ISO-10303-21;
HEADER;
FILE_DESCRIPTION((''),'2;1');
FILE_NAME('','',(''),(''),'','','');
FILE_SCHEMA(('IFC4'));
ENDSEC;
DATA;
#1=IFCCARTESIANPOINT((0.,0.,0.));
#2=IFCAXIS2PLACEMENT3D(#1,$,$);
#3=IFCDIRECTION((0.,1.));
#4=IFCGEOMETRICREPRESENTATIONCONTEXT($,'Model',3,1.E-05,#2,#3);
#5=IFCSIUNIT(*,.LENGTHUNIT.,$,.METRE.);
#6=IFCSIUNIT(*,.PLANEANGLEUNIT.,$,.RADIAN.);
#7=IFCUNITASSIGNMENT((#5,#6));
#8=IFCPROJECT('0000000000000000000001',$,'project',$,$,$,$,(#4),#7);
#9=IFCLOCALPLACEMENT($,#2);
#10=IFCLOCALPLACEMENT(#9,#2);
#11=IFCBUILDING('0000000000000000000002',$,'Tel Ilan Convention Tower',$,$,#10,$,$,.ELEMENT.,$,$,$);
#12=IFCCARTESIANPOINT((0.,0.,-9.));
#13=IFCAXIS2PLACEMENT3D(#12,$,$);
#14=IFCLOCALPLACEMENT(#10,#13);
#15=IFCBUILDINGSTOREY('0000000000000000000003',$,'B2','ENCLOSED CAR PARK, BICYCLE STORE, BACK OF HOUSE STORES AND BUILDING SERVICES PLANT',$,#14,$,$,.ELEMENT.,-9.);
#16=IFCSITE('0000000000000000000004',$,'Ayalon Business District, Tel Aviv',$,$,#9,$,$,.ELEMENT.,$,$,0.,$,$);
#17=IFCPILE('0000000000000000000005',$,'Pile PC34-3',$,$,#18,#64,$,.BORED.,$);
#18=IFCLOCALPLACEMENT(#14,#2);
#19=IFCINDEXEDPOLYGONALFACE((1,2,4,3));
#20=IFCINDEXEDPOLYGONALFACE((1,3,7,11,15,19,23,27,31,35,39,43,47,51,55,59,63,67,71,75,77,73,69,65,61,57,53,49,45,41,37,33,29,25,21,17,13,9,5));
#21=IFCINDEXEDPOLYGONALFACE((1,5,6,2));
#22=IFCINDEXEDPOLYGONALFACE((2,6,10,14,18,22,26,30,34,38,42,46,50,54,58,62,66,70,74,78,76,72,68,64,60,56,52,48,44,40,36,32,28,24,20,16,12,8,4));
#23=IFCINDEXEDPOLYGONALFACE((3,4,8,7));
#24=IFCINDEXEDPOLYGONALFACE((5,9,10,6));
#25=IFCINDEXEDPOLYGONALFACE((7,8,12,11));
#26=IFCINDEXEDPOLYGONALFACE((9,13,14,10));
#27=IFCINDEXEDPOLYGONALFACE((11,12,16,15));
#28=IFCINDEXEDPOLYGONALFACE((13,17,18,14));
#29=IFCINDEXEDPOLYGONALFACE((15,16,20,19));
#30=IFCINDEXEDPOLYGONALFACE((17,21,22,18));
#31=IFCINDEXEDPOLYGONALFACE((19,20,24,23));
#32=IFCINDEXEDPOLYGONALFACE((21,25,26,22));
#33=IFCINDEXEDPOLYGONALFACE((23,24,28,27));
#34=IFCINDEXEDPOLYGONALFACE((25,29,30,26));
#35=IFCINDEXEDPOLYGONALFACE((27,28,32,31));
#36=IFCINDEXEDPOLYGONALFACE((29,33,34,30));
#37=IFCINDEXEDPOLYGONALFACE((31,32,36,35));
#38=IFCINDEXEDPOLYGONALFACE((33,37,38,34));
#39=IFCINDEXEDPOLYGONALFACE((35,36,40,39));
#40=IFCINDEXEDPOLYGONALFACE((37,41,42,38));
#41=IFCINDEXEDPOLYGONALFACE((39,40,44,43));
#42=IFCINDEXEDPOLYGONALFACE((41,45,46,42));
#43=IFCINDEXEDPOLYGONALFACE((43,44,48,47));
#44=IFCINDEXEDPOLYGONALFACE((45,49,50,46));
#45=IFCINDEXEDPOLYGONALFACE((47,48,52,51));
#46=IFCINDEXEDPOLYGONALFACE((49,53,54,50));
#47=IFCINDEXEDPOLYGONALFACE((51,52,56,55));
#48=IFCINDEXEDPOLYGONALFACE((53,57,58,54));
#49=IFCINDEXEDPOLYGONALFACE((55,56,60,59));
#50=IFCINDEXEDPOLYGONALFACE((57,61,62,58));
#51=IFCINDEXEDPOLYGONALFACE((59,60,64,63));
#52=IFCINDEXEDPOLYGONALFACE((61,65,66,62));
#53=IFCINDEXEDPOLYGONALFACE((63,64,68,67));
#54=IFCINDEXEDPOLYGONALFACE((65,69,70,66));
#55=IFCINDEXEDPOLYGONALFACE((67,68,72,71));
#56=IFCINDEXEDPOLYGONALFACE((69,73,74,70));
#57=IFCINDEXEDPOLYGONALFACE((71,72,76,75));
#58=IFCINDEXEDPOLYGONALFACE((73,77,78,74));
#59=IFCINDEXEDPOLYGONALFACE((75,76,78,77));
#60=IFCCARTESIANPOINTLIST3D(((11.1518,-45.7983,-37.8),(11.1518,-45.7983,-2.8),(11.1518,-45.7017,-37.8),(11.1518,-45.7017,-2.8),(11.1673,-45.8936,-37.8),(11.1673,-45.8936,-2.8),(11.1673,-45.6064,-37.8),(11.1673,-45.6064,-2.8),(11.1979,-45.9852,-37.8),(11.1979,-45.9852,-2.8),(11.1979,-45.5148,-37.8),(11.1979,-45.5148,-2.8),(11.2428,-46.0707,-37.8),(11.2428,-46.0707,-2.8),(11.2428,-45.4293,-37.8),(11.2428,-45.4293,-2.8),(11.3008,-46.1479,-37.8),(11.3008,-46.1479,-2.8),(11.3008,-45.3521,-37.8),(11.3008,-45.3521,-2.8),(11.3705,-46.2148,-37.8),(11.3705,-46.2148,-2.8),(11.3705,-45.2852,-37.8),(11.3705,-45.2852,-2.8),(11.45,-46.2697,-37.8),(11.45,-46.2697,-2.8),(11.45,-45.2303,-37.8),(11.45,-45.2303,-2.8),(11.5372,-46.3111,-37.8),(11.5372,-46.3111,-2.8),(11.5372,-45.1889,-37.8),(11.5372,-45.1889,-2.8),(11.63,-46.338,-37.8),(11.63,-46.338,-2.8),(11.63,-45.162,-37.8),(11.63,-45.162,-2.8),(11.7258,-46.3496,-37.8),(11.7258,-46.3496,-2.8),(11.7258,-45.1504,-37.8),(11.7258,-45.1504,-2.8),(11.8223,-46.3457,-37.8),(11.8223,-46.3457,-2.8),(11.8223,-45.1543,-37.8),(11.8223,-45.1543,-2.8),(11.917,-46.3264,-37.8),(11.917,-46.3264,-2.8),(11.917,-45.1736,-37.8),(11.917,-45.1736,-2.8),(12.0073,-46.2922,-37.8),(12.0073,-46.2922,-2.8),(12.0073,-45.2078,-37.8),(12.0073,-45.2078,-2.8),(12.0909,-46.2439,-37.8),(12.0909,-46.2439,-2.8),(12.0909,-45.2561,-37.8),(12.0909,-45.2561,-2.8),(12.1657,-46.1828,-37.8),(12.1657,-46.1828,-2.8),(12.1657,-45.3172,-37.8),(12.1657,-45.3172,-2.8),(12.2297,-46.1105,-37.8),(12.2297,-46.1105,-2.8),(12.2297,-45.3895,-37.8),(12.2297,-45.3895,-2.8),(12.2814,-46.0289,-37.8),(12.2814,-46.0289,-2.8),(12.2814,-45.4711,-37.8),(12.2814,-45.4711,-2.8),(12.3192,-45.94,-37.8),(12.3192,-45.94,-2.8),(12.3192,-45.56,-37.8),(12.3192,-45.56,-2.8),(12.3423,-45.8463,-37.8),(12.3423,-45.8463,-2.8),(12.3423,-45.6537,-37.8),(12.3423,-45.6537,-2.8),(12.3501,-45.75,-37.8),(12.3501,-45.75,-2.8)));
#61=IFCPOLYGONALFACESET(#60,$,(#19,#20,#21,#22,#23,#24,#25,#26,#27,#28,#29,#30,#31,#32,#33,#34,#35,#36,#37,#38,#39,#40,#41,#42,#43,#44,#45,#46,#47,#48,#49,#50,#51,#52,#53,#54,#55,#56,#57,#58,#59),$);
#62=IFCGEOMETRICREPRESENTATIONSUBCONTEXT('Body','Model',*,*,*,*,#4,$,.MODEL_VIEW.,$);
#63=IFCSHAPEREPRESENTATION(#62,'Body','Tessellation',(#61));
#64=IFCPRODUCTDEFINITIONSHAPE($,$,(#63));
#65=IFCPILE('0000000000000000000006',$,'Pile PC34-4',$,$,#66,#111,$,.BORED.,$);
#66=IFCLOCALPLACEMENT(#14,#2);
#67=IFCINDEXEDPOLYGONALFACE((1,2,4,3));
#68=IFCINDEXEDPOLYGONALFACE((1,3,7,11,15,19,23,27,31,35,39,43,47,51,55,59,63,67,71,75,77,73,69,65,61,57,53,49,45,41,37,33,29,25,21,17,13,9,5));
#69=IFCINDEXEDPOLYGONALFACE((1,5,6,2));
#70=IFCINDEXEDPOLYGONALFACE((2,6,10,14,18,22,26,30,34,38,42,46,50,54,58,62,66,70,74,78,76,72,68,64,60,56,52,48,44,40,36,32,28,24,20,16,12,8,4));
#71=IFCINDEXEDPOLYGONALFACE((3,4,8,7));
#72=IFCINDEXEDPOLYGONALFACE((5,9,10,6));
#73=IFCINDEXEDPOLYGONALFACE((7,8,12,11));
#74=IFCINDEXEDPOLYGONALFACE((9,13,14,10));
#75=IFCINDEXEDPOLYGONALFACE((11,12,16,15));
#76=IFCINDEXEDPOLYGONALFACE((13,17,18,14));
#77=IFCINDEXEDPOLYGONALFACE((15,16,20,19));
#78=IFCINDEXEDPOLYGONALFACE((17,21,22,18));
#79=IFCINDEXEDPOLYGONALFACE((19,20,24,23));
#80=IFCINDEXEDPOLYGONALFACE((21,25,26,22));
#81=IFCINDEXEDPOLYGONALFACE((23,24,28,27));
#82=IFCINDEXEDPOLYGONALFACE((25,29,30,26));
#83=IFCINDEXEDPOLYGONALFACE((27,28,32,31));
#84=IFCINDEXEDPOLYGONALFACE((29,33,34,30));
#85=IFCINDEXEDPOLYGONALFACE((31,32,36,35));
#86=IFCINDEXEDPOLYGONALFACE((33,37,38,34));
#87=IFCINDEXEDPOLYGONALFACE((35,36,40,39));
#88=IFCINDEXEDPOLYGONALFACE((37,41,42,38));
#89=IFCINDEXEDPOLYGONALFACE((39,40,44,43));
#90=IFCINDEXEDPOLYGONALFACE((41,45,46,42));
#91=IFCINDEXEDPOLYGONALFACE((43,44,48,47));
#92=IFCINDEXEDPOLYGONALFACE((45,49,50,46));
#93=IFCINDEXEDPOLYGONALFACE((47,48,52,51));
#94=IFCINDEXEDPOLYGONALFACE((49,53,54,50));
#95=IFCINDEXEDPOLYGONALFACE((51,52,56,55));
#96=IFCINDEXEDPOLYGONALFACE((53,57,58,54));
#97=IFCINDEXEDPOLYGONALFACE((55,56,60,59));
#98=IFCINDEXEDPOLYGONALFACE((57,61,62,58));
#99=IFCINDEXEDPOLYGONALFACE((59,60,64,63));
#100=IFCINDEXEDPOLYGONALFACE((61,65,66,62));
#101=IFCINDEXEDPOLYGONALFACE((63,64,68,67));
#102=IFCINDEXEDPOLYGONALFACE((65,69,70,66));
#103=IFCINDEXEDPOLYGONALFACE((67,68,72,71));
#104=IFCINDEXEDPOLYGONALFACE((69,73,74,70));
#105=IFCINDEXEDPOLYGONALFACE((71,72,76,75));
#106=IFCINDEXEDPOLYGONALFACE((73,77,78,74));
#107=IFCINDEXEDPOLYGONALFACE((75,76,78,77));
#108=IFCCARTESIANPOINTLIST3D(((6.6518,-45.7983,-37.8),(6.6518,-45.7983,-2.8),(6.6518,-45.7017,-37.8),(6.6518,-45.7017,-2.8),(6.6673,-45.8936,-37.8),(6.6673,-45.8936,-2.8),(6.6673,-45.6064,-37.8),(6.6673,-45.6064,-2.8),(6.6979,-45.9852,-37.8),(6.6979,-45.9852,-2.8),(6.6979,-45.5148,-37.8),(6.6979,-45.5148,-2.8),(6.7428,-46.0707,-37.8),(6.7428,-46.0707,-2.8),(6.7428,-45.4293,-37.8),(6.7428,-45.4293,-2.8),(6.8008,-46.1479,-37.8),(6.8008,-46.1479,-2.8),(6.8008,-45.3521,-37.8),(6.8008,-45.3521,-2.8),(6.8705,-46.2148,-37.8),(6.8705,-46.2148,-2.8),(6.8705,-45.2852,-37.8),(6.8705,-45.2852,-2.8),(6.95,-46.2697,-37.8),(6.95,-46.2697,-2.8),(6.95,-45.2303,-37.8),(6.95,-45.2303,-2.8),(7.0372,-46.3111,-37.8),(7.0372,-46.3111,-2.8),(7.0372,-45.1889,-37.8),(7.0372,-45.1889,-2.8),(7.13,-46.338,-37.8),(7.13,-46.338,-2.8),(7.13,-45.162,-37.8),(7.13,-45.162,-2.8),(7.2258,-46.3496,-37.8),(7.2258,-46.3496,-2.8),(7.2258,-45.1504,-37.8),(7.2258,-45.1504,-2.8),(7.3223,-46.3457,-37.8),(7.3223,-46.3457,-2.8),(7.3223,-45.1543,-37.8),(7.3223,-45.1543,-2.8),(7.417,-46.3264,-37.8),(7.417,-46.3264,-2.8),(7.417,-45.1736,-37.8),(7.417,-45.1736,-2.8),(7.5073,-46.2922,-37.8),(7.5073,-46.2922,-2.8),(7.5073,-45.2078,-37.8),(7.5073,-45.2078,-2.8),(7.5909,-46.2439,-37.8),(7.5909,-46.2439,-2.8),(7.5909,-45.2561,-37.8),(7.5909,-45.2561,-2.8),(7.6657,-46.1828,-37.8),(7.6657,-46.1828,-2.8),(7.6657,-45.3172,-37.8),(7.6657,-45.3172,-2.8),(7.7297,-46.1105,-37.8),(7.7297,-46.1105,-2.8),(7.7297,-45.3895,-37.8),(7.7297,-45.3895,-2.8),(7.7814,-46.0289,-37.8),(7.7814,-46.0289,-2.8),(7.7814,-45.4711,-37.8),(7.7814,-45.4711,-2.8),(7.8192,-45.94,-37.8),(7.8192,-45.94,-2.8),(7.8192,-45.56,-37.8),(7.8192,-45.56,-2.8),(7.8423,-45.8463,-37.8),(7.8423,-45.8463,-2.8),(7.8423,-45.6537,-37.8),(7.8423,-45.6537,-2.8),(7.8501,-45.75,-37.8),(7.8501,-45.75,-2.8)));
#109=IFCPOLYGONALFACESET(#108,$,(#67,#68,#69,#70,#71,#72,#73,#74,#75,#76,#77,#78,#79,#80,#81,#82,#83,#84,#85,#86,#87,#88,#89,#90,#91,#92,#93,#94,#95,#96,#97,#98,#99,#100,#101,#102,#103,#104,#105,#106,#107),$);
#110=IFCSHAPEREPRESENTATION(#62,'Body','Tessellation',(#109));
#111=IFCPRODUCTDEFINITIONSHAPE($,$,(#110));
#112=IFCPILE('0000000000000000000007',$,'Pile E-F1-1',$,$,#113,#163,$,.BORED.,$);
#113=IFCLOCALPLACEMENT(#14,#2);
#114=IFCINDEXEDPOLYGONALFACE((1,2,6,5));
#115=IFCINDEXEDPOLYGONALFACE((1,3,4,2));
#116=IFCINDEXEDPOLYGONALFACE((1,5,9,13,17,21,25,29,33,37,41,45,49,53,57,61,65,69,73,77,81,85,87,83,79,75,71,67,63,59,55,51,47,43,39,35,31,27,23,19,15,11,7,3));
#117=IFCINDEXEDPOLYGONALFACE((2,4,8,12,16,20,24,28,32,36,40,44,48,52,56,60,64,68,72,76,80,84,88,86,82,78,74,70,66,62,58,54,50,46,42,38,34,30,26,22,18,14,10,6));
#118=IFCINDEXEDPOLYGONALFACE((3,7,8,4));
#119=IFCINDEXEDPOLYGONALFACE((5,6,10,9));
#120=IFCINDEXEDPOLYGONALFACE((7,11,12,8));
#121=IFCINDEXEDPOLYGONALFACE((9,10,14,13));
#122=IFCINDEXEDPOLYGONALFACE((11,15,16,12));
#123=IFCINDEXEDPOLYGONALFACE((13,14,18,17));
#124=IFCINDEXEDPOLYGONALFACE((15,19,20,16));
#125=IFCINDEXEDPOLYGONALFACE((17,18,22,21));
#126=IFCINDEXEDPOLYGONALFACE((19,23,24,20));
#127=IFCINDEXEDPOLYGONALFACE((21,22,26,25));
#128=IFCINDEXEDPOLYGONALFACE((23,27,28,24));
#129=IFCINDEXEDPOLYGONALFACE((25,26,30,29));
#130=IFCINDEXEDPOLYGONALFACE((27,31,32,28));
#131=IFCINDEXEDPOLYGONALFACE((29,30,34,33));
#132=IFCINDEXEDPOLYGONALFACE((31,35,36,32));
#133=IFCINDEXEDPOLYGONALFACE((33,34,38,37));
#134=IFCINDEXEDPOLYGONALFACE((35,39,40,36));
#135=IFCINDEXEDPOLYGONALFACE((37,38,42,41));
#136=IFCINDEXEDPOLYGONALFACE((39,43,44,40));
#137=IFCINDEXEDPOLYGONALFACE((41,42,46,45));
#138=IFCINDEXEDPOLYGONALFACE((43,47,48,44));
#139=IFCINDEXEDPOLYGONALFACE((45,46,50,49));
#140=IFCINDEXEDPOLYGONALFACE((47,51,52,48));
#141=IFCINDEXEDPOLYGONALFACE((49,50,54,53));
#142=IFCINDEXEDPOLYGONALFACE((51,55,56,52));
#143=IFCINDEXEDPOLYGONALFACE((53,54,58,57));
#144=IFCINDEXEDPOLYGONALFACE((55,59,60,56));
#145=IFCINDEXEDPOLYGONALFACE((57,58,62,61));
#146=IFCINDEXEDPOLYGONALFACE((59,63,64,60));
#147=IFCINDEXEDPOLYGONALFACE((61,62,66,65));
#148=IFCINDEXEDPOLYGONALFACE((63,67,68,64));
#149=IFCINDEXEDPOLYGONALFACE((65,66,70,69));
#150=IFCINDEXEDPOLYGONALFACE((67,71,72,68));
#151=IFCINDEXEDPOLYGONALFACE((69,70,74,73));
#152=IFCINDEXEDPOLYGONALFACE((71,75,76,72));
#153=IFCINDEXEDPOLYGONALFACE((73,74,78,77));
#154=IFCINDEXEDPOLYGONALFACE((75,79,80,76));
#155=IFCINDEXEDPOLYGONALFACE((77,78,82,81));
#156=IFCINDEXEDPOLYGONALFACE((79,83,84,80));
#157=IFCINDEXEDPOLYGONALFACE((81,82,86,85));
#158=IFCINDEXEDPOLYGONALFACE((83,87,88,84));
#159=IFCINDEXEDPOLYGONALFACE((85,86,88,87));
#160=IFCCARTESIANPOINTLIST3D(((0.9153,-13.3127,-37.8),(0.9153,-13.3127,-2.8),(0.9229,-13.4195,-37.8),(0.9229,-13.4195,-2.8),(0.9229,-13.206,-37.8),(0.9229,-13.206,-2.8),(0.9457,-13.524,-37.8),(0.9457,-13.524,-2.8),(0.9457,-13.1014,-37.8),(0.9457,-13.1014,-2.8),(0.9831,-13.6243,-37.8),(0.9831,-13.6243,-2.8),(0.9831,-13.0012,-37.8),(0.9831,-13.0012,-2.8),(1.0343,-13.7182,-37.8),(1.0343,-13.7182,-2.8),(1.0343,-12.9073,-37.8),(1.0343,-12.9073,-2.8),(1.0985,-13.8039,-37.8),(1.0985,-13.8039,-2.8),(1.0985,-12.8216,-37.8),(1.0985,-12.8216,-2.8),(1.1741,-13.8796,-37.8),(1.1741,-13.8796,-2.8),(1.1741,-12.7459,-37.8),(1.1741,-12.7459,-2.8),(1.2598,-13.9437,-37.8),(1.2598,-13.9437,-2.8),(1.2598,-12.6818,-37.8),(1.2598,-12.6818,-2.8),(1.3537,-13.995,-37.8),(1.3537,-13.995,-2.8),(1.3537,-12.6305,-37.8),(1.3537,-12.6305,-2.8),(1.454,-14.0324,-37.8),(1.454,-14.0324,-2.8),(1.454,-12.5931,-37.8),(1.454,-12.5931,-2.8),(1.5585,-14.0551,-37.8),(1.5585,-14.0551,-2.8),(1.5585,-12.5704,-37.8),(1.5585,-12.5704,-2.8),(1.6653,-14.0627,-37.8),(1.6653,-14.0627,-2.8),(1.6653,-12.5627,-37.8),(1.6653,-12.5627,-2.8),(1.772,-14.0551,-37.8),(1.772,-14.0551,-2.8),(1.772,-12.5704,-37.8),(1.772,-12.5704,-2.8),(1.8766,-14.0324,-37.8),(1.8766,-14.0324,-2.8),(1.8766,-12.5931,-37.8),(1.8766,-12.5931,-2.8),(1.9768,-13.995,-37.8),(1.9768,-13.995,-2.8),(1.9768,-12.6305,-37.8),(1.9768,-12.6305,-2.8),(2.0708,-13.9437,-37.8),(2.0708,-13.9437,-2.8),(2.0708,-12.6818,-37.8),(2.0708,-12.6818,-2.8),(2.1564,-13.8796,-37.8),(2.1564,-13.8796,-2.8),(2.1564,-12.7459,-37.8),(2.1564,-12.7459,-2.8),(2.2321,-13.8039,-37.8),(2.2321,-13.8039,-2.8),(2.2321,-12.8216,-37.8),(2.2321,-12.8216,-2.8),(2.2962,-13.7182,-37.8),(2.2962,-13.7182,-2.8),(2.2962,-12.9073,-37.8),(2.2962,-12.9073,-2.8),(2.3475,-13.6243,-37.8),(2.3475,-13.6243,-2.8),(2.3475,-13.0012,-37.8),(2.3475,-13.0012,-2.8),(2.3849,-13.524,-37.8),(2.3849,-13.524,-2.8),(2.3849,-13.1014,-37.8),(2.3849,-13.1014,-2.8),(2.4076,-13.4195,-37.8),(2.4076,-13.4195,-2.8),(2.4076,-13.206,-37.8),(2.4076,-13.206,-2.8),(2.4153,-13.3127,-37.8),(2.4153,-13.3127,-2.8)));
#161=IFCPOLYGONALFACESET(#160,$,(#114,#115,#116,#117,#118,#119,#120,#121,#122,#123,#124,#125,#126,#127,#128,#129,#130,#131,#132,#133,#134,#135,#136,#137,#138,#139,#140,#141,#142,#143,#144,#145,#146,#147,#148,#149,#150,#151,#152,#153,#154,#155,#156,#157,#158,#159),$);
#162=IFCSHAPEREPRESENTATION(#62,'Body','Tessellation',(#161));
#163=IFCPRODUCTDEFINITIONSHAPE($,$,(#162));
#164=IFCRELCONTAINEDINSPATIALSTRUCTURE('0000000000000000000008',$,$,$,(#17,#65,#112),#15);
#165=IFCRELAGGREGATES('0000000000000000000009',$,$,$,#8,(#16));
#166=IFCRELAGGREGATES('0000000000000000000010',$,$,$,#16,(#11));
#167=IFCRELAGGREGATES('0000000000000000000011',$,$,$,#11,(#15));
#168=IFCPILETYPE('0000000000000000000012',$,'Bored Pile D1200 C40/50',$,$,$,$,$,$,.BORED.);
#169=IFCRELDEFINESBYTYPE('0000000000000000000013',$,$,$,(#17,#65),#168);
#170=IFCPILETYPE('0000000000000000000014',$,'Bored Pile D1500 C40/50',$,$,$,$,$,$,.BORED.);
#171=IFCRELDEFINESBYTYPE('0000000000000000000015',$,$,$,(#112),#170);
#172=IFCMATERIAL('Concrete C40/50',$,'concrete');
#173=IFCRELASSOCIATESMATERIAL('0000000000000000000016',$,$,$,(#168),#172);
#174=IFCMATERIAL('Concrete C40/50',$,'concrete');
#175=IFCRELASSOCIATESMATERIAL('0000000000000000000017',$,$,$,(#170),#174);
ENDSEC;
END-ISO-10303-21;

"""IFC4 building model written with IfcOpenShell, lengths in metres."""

from ifc_helpers import new_model, si_unit, direction, frame, origin, origin_2d, place, context, subcontext, project, spatial, circle, extrude, material, material_profile, profile_set, type_object, element, save


model = new_model("IFC4")

# Units and contexts
model_context = context("Model", 3, precision=1e-05, world=origin(), true_north=direction((0.0, 1.0)))
body_context = subcontext(model_context, "Body", "Model", "MODEL_VIEW")
ifc_project = project(units=[si_unit("LENGTHUNIT", "METRE"), si_unit("PLANEANGLEUNIT", "RADIAN")], contexts=[model_context])

# Site, building, storey
site_placement = place(None, origin())
site = spatial("IfcSite", under=ifc_project, at=site_placement, Name="Ayalon Business District, Tel Aviv", CompositionType="ELEMENT", RefElevation=0.0)
building_placement = place(site_placement, origin())
building = spatial("IfcBuilding", under=site, at=building_placement, Name="Tel Ilan Convention Tower", CompositionType="ELEMENT")
storey_placement = place(building_placement, frame((0.0, 0.0, -9.0)))
storey = spatial("IfcBuildingStorey", under=building, at=storey_placement, Name="B2", Description="ENCLOSED CAR PARK, BICYCLE STORE, BACK OF HOUSE STORES AND BUILDING SERVICES PLANT", CompositionType="ELEMENT", Elevation=-9.0)

# Piles
ifc_material_1 = material(Name="Concrete C40/50", Category="concrete")
ifc_material_profile_1 = material_profile(ifc_material_1, circle(Radius=0.6001, at=origin_2d()), Name="BORED D1200")
ifc_profile_set_1 = profile_set([ifc_material_profile_1], Name="Concrete C40/50")
pile_type_1 = type_object("IfcPileType", Name="Bored Pile D1200 C40/50", PredefinedType="BORED", material=ifc_profile_set_1)
for number, where, z_axis, x_axis, name in (
    (1, (11.75, -45.75, -2.8), (0.0, 0.0, -1.0), (1.0, 0.0, 0.0), "Pile PC34-3"),
    (2, (7.25, -45.75, -2.8), (0.0, 0.0, -1.0), (1.0, 0.0, 0.0), "Pile PC34-4"),
):
    element("IfcPile", number, at=place(storey_placement, frame(where, z_axis=z_axis, x_axis=x_axis)), inside=storey, type_object=pile_type_1, Name=name, PredefinedType="BORED", context=body_context, shape_type="SweptSolid", body=[
        extrude(circle(Radius=0.6001, at=origin_2d()), origin(), (0.0, 0.0, 1.0), 35.0),
    ])
ifc_material_2 = material(Name="Concrete C40/50", Category="concrete")
ifc_material_profile_2 = material_profile(ifc_material_2, circle(Radius=0.75, at=origin_2d()), Name="BORED D1500")
ifc_profile_set_2 = profile_set([ifc_material_profile_2], Name="Concrete C40/50")
pile_type_2 = type_object("IfcPileType", Name="Bored Pile D1500 C40/50", PredefinedType="BORED", material=ifc_profile_set_2)
for number, where, z_axis, x_axis, name in (
    (3, (1.6653, -13.3127, -2.8), (0.0, 0.0, -1.0), (1.0, 0.0, 0.0), "Pile E-F1-1"),
):
    element("IfcPile", number, at=place(storey_placement, frame(where, z_axis=z_axis, x_axis=x_axis)), inside=storey, type_object=pile_type_2, Name=name, PredefinedType="BORED", context=body_context, shape_type="SweptSolid", body=[
        extrude(circle(Radius=0.75, at=origin_2d()), origin(), (0.0, 0.0, 1.0), 35.0),
    ])

save(model, "model.ifc")
